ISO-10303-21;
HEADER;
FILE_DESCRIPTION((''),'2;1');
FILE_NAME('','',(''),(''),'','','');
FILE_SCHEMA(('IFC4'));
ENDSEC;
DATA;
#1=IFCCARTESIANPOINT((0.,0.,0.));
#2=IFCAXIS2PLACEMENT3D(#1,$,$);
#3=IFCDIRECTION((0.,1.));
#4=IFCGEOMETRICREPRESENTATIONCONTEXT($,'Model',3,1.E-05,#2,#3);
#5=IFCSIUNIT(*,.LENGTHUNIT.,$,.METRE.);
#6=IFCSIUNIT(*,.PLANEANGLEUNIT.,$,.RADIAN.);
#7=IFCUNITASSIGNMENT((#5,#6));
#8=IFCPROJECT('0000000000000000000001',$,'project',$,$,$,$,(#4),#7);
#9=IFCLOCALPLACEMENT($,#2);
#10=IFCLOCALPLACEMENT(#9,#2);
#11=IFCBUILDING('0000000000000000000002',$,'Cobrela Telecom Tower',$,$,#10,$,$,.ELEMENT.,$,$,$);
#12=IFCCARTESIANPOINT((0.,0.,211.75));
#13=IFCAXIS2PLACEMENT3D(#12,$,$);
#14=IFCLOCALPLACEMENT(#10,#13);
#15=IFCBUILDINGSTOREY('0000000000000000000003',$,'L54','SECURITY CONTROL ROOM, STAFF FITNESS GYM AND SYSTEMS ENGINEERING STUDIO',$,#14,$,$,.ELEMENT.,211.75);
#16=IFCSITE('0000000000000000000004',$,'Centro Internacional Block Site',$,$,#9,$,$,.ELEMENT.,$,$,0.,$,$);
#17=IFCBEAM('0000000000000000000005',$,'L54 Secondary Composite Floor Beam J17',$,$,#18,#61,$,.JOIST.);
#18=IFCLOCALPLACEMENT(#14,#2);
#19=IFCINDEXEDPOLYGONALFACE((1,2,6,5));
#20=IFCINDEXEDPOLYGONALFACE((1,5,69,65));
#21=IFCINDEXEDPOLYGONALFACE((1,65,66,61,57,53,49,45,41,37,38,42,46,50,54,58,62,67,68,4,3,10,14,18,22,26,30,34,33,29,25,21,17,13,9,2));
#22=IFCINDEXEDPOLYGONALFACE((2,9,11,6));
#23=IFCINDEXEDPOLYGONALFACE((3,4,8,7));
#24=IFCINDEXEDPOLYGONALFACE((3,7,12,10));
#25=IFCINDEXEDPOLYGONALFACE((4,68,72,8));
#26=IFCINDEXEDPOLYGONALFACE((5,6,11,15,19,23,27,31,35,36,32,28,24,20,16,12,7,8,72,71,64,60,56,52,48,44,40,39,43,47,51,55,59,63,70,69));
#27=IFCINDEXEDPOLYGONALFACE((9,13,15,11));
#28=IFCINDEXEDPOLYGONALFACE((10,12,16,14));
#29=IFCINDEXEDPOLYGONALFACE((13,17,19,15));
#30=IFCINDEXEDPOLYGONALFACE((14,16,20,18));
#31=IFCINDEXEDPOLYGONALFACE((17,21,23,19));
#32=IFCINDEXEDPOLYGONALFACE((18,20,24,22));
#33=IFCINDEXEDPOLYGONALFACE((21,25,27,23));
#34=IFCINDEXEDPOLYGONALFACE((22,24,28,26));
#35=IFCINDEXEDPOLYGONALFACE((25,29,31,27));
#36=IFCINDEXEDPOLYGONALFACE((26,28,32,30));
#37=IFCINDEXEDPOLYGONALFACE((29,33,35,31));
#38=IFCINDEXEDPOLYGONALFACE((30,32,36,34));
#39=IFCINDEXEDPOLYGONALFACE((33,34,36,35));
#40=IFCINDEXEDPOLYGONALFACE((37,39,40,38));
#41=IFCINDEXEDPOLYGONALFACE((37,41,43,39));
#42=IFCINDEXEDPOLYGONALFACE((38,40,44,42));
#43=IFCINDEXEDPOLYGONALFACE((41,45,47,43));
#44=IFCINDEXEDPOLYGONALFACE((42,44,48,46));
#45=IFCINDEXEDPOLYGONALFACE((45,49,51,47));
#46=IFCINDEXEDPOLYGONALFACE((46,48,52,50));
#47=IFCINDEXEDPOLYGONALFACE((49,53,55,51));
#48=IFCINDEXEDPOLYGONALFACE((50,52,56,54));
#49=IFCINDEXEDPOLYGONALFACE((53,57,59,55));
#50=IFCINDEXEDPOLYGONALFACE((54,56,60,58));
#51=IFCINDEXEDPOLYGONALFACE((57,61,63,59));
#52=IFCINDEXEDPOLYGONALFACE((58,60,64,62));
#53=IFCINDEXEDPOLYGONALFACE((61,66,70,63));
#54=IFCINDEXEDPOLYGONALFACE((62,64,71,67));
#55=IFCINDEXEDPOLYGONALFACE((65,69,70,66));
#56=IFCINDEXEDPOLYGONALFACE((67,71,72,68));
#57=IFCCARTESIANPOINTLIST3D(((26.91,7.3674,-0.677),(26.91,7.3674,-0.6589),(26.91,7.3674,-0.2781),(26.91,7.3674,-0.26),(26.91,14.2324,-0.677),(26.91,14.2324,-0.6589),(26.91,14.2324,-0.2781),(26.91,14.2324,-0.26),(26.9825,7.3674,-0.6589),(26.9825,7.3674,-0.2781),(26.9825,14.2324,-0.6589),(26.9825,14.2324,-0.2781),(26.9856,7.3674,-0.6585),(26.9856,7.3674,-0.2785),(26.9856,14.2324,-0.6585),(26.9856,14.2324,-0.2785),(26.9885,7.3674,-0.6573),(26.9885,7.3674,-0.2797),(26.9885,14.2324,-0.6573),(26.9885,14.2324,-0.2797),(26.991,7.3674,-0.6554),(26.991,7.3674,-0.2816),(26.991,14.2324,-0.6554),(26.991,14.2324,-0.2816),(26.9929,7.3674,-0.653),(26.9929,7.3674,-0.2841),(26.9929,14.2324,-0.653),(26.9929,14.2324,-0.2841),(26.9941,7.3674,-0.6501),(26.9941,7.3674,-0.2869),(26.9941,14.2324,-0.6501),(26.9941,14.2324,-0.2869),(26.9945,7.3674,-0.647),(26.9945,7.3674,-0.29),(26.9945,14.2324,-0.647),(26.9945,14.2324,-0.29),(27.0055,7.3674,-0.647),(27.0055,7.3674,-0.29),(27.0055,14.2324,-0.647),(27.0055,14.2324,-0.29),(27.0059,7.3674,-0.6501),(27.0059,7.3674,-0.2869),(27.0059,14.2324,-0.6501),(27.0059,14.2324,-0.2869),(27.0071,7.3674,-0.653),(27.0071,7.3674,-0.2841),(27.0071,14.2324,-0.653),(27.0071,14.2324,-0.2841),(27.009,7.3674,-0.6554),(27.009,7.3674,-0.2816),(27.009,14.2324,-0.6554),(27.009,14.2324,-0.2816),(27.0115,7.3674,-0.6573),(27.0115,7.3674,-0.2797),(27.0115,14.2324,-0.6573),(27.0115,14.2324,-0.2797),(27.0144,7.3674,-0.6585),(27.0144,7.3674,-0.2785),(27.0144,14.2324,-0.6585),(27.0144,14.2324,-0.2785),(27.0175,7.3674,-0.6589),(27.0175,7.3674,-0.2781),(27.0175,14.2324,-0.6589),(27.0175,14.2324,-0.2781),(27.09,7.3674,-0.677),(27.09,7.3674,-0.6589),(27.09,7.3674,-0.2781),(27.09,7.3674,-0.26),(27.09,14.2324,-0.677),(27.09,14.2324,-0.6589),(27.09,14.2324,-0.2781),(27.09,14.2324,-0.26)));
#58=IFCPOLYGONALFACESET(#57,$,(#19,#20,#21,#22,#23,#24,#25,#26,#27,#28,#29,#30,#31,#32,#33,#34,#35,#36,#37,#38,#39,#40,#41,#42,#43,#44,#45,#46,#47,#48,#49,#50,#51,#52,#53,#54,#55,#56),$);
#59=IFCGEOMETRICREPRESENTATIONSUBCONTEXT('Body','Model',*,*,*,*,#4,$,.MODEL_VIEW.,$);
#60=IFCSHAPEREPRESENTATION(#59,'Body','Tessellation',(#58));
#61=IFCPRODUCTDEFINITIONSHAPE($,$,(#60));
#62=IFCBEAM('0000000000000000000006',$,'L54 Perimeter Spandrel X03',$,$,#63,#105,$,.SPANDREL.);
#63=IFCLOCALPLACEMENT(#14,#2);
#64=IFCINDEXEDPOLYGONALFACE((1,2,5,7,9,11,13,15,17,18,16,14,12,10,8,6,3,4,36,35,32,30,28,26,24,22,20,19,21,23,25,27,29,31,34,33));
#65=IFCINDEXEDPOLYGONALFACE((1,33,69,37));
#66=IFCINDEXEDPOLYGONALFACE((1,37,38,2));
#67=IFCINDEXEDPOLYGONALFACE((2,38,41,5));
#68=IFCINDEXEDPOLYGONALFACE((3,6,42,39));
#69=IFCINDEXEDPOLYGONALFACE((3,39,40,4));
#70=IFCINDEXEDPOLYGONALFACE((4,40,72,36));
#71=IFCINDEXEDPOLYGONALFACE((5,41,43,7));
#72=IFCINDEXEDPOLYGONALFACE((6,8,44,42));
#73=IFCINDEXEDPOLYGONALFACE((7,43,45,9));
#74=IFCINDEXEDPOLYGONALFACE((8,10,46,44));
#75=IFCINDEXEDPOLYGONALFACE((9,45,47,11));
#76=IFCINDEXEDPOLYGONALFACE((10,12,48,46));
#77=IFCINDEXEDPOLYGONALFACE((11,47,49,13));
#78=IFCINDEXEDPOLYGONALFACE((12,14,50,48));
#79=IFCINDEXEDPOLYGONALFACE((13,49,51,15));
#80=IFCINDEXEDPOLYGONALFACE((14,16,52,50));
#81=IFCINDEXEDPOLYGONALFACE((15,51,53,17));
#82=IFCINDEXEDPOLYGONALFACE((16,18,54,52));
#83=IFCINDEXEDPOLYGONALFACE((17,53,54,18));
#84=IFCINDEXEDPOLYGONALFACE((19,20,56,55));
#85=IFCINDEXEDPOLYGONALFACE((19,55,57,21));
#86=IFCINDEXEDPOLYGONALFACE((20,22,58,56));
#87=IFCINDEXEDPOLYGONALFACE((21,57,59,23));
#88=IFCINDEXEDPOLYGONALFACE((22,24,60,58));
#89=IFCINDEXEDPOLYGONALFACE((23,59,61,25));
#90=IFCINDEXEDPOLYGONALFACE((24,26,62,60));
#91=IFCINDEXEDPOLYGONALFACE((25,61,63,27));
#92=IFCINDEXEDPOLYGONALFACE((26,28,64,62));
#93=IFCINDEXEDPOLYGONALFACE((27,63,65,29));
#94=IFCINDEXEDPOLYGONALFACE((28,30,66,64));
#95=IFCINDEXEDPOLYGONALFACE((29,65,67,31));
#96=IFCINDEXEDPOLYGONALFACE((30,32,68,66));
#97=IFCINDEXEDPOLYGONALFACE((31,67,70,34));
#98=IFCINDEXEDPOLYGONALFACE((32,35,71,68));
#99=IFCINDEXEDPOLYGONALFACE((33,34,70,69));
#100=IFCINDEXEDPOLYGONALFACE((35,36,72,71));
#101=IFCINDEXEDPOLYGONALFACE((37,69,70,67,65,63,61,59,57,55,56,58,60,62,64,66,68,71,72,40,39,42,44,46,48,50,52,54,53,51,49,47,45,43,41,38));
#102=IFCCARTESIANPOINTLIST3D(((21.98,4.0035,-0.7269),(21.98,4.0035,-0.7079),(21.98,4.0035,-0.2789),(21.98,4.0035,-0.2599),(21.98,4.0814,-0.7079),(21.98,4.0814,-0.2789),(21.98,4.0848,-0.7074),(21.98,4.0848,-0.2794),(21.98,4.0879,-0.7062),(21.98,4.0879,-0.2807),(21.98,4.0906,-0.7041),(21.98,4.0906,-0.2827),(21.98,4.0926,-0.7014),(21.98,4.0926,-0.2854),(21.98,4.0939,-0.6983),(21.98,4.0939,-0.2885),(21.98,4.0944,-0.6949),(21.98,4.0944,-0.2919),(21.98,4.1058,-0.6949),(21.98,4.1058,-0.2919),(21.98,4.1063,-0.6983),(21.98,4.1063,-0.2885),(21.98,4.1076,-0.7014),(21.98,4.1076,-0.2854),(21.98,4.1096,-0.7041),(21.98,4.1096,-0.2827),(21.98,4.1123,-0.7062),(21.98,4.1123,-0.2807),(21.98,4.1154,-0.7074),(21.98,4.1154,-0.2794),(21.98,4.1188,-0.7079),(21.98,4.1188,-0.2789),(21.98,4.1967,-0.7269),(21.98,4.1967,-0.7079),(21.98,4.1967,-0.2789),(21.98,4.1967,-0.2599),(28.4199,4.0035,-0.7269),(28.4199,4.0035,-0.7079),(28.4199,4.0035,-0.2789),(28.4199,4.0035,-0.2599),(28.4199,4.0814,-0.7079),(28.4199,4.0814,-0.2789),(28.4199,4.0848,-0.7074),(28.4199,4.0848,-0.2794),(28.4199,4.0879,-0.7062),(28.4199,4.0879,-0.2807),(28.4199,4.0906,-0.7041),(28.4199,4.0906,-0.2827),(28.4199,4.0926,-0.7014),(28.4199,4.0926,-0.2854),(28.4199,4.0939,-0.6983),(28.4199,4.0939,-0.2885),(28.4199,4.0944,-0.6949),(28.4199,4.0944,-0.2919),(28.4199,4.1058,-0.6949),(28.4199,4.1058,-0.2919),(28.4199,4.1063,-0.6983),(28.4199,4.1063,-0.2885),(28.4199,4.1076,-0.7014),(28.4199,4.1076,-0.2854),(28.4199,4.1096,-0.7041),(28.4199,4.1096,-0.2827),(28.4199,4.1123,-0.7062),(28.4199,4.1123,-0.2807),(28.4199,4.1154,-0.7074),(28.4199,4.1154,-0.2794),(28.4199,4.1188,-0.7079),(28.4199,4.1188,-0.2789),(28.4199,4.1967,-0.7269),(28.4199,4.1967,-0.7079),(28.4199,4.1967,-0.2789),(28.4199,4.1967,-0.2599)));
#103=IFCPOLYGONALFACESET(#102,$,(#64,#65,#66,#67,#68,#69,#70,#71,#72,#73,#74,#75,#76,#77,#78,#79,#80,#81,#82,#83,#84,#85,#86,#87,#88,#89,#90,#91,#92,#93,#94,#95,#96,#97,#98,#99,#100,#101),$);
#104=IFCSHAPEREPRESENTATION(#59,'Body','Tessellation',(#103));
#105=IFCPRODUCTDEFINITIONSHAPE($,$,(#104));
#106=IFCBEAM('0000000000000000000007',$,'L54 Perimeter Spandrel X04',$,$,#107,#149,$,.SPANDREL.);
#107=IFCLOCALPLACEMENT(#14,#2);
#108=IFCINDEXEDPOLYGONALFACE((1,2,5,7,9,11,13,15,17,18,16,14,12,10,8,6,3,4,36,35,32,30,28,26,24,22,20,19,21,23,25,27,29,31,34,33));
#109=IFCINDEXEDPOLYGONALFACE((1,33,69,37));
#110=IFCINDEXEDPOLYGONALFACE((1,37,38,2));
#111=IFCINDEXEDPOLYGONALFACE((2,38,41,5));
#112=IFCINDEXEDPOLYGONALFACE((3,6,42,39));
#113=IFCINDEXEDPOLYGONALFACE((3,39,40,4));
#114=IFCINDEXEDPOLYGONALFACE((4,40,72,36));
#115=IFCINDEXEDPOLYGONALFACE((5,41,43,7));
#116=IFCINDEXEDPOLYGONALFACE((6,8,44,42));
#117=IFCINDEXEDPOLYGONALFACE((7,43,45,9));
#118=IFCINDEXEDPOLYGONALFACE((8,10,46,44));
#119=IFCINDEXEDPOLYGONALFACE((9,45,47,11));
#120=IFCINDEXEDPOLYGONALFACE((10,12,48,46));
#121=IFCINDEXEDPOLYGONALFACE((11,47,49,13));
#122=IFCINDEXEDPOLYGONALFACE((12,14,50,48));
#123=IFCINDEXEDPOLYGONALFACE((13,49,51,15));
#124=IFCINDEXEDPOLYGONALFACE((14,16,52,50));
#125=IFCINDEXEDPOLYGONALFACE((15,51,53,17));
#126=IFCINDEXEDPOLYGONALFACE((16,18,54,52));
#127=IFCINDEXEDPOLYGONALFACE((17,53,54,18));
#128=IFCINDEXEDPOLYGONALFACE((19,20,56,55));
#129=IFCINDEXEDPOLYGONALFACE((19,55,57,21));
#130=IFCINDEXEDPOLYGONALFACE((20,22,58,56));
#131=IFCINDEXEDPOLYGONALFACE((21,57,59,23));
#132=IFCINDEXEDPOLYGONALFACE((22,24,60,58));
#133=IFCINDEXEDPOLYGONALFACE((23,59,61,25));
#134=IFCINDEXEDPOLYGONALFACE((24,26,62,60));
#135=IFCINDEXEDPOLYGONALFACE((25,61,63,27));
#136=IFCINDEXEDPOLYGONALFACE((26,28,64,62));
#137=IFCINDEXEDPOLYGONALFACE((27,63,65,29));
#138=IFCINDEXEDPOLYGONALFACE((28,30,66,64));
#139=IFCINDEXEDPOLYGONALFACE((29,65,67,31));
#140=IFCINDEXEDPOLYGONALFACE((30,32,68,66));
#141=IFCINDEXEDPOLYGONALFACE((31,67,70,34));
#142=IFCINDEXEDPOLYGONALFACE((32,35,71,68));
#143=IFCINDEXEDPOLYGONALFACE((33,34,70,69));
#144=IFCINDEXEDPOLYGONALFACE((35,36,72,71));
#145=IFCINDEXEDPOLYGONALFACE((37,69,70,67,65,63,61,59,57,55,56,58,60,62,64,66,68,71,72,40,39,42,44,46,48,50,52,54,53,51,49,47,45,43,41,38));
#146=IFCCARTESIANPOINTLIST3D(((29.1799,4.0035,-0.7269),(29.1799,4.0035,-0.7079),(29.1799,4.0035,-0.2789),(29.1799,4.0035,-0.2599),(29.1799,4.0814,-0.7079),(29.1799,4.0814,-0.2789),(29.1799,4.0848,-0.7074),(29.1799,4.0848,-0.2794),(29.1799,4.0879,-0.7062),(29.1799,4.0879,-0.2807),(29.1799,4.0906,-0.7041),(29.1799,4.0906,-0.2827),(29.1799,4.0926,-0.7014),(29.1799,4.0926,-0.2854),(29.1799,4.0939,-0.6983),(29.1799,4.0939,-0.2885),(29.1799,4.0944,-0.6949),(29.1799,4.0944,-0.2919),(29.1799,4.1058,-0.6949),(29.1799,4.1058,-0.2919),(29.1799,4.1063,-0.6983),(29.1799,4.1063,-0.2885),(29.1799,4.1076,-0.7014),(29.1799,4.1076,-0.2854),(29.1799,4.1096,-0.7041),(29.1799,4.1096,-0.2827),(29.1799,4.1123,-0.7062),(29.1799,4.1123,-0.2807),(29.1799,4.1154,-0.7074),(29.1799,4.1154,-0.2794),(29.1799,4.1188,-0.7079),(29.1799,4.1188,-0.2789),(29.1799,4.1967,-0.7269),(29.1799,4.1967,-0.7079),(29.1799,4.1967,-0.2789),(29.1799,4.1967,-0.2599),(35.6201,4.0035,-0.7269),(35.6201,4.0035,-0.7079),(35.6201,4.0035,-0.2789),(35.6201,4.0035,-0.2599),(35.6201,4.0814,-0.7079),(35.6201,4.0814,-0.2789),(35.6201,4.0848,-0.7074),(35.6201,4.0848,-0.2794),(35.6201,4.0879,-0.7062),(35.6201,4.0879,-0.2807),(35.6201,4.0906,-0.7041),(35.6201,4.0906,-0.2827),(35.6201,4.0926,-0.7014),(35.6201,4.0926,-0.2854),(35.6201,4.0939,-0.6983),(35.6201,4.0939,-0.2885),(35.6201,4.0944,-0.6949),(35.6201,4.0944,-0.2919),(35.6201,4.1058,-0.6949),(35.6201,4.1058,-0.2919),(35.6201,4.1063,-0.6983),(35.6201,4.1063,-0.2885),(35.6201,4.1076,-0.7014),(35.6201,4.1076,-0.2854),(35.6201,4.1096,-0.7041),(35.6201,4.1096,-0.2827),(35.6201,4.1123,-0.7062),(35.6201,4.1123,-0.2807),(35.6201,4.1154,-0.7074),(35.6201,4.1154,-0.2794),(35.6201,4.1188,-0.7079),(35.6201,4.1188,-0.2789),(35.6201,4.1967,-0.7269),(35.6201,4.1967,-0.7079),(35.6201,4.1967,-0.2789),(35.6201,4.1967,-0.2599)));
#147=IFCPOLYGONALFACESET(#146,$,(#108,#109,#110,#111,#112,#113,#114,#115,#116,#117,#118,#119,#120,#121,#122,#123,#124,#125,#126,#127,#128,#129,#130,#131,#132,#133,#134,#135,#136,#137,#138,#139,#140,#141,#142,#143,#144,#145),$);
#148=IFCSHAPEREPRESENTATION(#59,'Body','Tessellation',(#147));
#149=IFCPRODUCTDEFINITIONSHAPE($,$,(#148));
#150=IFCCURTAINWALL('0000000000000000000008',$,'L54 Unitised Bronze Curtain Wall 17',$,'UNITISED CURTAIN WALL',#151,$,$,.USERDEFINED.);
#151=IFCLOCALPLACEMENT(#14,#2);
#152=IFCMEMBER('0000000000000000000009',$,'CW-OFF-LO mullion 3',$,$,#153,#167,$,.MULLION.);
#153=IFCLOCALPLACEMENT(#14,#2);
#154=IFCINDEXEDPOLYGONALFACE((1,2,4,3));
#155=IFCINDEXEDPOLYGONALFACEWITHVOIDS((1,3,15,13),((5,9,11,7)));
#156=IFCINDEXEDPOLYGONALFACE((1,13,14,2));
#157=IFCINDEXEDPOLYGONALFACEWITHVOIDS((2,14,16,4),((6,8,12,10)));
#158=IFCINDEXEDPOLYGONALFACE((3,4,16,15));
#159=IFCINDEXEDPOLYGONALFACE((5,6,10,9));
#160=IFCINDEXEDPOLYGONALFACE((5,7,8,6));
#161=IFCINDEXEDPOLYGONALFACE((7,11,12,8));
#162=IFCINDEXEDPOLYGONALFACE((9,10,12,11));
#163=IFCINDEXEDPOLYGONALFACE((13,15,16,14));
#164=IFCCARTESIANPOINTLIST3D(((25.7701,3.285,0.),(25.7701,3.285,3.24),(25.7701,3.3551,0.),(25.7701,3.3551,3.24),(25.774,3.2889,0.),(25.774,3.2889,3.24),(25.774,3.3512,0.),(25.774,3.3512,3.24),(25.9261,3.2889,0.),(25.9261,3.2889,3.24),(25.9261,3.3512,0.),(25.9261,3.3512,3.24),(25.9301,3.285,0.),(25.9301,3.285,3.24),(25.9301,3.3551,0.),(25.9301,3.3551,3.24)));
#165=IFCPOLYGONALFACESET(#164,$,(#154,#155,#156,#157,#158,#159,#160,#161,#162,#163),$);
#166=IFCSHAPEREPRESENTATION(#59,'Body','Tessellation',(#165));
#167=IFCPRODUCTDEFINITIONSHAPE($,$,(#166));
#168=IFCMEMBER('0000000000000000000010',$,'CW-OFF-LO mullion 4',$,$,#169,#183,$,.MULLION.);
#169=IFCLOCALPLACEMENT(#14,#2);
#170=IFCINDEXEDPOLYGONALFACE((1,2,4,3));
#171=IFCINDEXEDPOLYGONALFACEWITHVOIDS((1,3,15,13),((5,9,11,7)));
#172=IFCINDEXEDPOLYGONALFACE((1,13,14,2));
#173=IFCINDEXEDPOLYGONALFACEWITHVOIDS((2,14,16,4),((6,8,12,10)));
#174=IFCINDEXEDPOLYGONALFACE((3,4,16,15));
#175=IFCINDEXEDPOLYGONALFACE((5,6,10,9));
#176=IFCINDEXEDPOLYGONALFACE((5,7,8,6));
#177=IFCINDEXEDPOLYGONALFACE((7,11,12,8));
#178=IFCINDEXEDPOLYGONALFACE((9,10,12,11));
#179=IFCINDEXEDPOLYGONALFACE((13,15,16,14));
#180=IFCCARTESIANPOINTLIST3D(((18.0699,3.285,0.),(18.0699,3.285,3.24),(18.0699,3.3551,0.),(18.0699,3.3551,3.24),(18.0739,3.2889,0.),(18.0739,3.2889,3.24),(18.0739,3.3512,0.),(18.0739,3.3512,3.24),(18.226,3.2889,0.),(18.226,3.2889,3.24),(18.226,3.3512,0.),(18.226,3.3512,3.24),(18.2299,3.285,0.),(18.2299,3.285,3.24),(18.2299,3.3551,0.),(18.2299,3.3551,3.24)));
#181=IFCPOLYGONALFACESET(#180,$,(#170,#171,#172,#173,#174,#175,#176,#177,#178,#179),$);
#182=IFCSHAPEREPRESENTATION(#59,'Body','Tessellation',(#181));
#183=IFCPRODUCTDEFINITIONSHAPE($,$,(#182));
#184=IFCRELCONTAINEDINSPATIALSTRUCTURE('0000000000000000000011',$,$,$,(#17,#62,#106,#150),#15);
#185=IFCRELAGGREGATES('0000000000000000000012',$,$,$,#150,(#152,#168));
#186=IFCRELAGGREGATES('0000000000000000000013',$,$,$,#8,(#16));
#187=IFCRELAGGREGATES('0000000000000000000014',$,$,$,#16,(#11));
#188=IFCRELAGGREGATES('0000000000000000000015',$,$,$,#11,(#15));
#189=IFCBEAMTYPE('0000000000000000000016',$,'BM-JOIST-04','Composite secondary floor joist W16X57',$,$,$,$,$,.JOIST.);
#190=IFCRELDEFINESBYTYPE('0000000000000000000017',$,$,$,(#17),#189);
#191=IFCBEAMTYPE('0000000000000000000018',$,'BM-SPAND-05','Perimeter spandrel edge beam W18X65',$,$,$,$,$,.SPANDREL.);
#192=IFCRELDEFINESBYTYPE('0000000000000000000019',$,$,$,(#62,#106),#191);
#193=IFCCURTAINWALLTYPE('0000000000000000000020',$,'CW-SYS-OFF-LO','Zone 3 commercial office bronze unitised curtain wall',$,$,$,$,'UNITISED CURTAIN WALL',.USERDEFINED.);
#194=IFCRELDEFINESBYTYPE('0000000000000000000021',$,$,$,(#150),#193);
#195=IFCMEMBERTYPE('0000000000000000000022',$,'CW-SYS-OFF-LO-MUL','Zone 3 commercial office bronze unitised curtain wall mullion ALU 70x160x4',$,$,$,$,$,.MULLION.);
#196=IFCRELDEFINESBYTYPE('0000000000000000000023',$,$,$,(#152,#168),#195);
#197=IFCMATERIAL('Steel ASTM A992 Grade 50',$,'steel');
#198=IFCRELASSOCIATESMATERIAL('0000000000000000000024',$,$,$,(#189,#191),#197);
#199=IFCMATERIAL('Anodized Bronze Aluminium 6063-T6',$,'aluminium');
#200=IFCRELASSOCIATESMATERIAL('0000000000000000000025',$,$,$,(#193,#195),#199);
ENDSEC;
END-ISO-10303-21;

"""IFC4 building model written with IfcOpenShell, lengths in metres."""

from ifc_helpers import new_model, si_unit, direction, frame, origin, origin_2d, place, context, subcontext, project, spatial, hollow_rectangle, i_section, extrude, material, material_profile, profile_set, type_object, element, aggregate, save


model = new_model("IFC4")

# Units and contexts
model_context = context("Model", 3, precision=1e-05, world=origin(), true_north=direction((0.0, 1.0)))
body_context = subcontext(model_context, "Body", "Model", "MODEL_VIEW")
ifc_project = project(units=[si_unit("LENGTHUNIT", "METRE"), si_unit("PLANEANGLEUNIT", "RADIAN")], contexts=[model_context])

# Site, building, storey
site_placement = place(None, origin())
site = spatial("IfcSite", under=ifc_project, at=site_placement, Name="Centro Internacional Block Site", CompositionType="ELEMENT", RefElevation=0.0)
building_placement = place(site_placement, origin())
building = spatial("IfcBuilding", under=site, at=building_placement, Name="Cobrela Telecom Tower", CompositionType="ELEMENT")
storey_placement = place(building_placement, frame((0.0, 0.0, 211.75)))
storey = spatial("IfcBuildingStorey", under=building, at=storey_placement, Name="L54", Description="SECURITY CONTROL ROOM, STAFF FITNESS GYM AND SYSTEMS ENGINEERING STUDIO", CompositionType="ELEMENT", Elevation=211.75)

# Shared definitions
ifc_material_1 = material(Name="Steel ASTM A992 Grade 50", Category="steel")

# Beams
ifc_material_profile_1 = material_profile(ifc_material_1, i_section(OverallWidth=0.1799, OverallDepth=0.417, WebThickness=0.011, FlangeThickness=0.0181, FilletRadius=0.012, at=origin_2d()), Name="W16X57")
ifc_profile_set_1 = profile_set([ifc_material_profile_1], Name="Steel ASTM A992 Grade 50")
beam_type_1 = type_object("IfcBeamType", Name="BM-JOIST-04", Description="Composite secondary floor joist W16X57", PredefinedType="JOIST", material=ifc_profile_set_1)
for number, where, z_axis, x_axis, name in (
    (1, (27.0, 7.3674, -0.4685), (0.0, 1.0, 0.0), (-1.0, 0.0, 0.0), "L54 Secondary Composite Floor Beam J17"),
):
    element("IfcBeam", number, at=place(storey_placement, frame(where, z_axis=z_axis, x_axis=x_axis)), inside=storey, type_object=beam_type_1, Name=name, PredefinedType="JOIST", context=body_context, shape_type="SweptSolid", body=[
        extrude(i_section(OverallWidth=0.1799, OverallDepth=0.417, WebThickness=0.011, FlangeThickness=0.0181, FilletRadius=0.012, at=origin_2d()), origin(), (0.0, 0.0, 1.0), 6.865),
    ])
ifc_material_profile_2 = material_profile(ifc_material_1, i_section(OverallWidth=0.1931, OverallDepth=0.467, WebThickness=0.0115, FlangeThickness=0.019, FilletRadius=0.0129, at=origin_2d()), Name="W18X65")
ifc_profile_set_2 = profile_set([ifc_material_profile_2], Name="Steel ASTM A992 Grade 50")
beam_type_2 = type_object("IfcBeamType", Name="BM-SPAND-05", Description="Perimeter spandrel edge beam W18X65", PredefinedType="SPANDREL", material=ifc_profile_set_2)
beam_1_placement = place(storey_placement, frame((21.98, 4.1001, -0.4934), z_axis=(1.0, 0.0, 0.0), x_axis=(0.0, 1.0, 0.0)))
element("IfcBeam", 2, at=beam_1_placement, inside=storey, type_object=beam_type_2, Name="L54 Perimeter Spandrel X03", PredefinedType="SPANDREL", context=body_context, shape_type="SweptSolid", body=[
    extrude(i_section(OverallWidth=0.1931, OverallDepth=0.467, WebThickness=0.0115, FlangeThickness=0.019, FilletRadius=0.0129, at=origin_2d()), origin(), (0.0, 0.0, 1.0), 6.4399),
])
beam_2_placement = place(storey_placement, frame((29.1799, 4.1001, -0.4934), z_axis=(1.0, 0.0, 0.0), x_axis=(0.0, 1.0, 0.0)))
element("IfcBeam", 3, at=beam_2_placement, inside=storey, type_object=beam_type_2, Name="L54 Perimeter Spandrel X04", PredefinedType="SPANDREL", context=body_context, shape_type="SweptSolid", body=[
    extrude(i_section(OverallWidth=0.1931, OverallDepth=0.467, WebThickness=0.0115, FlangeThickness=0.019, FilletRadius=0.0129, at=origin_2d()), origin(), (0.0, 0.0, 1.0), 6.4402),
])

# Curtain wall, members
ifc_material_2 = material(Name="Anodized Bronze Aluminium 6063-T6", Category="aluminium")
curtain_wall_type = type_object("IfcCurtainWallType", Name="CW-SYS-OFF-LO", Description="Zone 3 commercial office bronze unitised curtain wall", ElementType="UNITISED CURTAIN WALL", PredefinedType="USERDEFINED", material=ifc_material_2)
curtain_wall_placement = place(storey_placement, origin())
curtain_wall = element("IfcCurtainWall", 4, at=curtain_wall_placement, inside=storey, type_object=curtain_wall_type, Name="L54 Unitised Bronze Curtain Wall 17", ObjectType="UNITISED CURTAIN WALL", PredefinedType="USERDEFINED")
ifc_material_profile_3 = material_profile(ifc_material_2, hollow_rectangle(XDim=0.0701, YDim=0.1599, WallThickness=0.0039, at=origin_2d()), Name="ALU 70x160x4")
ifc_profile_set_3 = profile_set([ifc_material_profile_3], Name="Anodized Bronze Aluminium 6063-T6")
member_type_1 = type_object("IfcMemberType", Name="CW-SYS-OFF-LO-MUL", Description="Zone 3 commercial office bronze unitised curtain wall mullion ALU 70x160x4", PredefinedType="MULLION", material=ifc_profile_set_3)
member_1_placement = place(storey_placement, frame((25.8501, 3.3201, 0.0), z_axis=(0.0, 0.0, 1.0), x_axis=(0.0, -1.0, 0.0)))
member_1 = element("IfcMember", 5, at=member_1_placement, type_object=member_type_1, Name="CW-OFF-LO mullion 3", PredefinedType="MULLION", context=body_context, shape_type="SweptSolid", body=[
    extrude(hollow_rectangle(XDim=0.0701, YDim=0.1599, WallThickness=0.0039, at=origin_2d()), origin(), (0.0, 0.0, 1.0), 3.24),
])
member_2_placement = place(storey_placement, frame((18.1499, 3.3201, 0.0), z_axis=(0.0, 0.0, 1.0), x_axis=(0.0, -1.0, 0.0)))
member_2 = element("IfcMember", 6, at=member_2_placement, type_object=member_type_1, Name="CW-OFF-LO mullion 4", PredefinedType="MULLION", context=body_context, shape_type="SweptSolid", body=[
    extrude(hollow_rectangle(XDim=0.0701, YDim=0.1599, WallThickness=0.0039, at=origin_2d()), origin(), (0.0, 0.0, 1.0), 3.24),
])
aggregate(curtain_wall, [member_1, member_2])

save(model, "model.ifc")
